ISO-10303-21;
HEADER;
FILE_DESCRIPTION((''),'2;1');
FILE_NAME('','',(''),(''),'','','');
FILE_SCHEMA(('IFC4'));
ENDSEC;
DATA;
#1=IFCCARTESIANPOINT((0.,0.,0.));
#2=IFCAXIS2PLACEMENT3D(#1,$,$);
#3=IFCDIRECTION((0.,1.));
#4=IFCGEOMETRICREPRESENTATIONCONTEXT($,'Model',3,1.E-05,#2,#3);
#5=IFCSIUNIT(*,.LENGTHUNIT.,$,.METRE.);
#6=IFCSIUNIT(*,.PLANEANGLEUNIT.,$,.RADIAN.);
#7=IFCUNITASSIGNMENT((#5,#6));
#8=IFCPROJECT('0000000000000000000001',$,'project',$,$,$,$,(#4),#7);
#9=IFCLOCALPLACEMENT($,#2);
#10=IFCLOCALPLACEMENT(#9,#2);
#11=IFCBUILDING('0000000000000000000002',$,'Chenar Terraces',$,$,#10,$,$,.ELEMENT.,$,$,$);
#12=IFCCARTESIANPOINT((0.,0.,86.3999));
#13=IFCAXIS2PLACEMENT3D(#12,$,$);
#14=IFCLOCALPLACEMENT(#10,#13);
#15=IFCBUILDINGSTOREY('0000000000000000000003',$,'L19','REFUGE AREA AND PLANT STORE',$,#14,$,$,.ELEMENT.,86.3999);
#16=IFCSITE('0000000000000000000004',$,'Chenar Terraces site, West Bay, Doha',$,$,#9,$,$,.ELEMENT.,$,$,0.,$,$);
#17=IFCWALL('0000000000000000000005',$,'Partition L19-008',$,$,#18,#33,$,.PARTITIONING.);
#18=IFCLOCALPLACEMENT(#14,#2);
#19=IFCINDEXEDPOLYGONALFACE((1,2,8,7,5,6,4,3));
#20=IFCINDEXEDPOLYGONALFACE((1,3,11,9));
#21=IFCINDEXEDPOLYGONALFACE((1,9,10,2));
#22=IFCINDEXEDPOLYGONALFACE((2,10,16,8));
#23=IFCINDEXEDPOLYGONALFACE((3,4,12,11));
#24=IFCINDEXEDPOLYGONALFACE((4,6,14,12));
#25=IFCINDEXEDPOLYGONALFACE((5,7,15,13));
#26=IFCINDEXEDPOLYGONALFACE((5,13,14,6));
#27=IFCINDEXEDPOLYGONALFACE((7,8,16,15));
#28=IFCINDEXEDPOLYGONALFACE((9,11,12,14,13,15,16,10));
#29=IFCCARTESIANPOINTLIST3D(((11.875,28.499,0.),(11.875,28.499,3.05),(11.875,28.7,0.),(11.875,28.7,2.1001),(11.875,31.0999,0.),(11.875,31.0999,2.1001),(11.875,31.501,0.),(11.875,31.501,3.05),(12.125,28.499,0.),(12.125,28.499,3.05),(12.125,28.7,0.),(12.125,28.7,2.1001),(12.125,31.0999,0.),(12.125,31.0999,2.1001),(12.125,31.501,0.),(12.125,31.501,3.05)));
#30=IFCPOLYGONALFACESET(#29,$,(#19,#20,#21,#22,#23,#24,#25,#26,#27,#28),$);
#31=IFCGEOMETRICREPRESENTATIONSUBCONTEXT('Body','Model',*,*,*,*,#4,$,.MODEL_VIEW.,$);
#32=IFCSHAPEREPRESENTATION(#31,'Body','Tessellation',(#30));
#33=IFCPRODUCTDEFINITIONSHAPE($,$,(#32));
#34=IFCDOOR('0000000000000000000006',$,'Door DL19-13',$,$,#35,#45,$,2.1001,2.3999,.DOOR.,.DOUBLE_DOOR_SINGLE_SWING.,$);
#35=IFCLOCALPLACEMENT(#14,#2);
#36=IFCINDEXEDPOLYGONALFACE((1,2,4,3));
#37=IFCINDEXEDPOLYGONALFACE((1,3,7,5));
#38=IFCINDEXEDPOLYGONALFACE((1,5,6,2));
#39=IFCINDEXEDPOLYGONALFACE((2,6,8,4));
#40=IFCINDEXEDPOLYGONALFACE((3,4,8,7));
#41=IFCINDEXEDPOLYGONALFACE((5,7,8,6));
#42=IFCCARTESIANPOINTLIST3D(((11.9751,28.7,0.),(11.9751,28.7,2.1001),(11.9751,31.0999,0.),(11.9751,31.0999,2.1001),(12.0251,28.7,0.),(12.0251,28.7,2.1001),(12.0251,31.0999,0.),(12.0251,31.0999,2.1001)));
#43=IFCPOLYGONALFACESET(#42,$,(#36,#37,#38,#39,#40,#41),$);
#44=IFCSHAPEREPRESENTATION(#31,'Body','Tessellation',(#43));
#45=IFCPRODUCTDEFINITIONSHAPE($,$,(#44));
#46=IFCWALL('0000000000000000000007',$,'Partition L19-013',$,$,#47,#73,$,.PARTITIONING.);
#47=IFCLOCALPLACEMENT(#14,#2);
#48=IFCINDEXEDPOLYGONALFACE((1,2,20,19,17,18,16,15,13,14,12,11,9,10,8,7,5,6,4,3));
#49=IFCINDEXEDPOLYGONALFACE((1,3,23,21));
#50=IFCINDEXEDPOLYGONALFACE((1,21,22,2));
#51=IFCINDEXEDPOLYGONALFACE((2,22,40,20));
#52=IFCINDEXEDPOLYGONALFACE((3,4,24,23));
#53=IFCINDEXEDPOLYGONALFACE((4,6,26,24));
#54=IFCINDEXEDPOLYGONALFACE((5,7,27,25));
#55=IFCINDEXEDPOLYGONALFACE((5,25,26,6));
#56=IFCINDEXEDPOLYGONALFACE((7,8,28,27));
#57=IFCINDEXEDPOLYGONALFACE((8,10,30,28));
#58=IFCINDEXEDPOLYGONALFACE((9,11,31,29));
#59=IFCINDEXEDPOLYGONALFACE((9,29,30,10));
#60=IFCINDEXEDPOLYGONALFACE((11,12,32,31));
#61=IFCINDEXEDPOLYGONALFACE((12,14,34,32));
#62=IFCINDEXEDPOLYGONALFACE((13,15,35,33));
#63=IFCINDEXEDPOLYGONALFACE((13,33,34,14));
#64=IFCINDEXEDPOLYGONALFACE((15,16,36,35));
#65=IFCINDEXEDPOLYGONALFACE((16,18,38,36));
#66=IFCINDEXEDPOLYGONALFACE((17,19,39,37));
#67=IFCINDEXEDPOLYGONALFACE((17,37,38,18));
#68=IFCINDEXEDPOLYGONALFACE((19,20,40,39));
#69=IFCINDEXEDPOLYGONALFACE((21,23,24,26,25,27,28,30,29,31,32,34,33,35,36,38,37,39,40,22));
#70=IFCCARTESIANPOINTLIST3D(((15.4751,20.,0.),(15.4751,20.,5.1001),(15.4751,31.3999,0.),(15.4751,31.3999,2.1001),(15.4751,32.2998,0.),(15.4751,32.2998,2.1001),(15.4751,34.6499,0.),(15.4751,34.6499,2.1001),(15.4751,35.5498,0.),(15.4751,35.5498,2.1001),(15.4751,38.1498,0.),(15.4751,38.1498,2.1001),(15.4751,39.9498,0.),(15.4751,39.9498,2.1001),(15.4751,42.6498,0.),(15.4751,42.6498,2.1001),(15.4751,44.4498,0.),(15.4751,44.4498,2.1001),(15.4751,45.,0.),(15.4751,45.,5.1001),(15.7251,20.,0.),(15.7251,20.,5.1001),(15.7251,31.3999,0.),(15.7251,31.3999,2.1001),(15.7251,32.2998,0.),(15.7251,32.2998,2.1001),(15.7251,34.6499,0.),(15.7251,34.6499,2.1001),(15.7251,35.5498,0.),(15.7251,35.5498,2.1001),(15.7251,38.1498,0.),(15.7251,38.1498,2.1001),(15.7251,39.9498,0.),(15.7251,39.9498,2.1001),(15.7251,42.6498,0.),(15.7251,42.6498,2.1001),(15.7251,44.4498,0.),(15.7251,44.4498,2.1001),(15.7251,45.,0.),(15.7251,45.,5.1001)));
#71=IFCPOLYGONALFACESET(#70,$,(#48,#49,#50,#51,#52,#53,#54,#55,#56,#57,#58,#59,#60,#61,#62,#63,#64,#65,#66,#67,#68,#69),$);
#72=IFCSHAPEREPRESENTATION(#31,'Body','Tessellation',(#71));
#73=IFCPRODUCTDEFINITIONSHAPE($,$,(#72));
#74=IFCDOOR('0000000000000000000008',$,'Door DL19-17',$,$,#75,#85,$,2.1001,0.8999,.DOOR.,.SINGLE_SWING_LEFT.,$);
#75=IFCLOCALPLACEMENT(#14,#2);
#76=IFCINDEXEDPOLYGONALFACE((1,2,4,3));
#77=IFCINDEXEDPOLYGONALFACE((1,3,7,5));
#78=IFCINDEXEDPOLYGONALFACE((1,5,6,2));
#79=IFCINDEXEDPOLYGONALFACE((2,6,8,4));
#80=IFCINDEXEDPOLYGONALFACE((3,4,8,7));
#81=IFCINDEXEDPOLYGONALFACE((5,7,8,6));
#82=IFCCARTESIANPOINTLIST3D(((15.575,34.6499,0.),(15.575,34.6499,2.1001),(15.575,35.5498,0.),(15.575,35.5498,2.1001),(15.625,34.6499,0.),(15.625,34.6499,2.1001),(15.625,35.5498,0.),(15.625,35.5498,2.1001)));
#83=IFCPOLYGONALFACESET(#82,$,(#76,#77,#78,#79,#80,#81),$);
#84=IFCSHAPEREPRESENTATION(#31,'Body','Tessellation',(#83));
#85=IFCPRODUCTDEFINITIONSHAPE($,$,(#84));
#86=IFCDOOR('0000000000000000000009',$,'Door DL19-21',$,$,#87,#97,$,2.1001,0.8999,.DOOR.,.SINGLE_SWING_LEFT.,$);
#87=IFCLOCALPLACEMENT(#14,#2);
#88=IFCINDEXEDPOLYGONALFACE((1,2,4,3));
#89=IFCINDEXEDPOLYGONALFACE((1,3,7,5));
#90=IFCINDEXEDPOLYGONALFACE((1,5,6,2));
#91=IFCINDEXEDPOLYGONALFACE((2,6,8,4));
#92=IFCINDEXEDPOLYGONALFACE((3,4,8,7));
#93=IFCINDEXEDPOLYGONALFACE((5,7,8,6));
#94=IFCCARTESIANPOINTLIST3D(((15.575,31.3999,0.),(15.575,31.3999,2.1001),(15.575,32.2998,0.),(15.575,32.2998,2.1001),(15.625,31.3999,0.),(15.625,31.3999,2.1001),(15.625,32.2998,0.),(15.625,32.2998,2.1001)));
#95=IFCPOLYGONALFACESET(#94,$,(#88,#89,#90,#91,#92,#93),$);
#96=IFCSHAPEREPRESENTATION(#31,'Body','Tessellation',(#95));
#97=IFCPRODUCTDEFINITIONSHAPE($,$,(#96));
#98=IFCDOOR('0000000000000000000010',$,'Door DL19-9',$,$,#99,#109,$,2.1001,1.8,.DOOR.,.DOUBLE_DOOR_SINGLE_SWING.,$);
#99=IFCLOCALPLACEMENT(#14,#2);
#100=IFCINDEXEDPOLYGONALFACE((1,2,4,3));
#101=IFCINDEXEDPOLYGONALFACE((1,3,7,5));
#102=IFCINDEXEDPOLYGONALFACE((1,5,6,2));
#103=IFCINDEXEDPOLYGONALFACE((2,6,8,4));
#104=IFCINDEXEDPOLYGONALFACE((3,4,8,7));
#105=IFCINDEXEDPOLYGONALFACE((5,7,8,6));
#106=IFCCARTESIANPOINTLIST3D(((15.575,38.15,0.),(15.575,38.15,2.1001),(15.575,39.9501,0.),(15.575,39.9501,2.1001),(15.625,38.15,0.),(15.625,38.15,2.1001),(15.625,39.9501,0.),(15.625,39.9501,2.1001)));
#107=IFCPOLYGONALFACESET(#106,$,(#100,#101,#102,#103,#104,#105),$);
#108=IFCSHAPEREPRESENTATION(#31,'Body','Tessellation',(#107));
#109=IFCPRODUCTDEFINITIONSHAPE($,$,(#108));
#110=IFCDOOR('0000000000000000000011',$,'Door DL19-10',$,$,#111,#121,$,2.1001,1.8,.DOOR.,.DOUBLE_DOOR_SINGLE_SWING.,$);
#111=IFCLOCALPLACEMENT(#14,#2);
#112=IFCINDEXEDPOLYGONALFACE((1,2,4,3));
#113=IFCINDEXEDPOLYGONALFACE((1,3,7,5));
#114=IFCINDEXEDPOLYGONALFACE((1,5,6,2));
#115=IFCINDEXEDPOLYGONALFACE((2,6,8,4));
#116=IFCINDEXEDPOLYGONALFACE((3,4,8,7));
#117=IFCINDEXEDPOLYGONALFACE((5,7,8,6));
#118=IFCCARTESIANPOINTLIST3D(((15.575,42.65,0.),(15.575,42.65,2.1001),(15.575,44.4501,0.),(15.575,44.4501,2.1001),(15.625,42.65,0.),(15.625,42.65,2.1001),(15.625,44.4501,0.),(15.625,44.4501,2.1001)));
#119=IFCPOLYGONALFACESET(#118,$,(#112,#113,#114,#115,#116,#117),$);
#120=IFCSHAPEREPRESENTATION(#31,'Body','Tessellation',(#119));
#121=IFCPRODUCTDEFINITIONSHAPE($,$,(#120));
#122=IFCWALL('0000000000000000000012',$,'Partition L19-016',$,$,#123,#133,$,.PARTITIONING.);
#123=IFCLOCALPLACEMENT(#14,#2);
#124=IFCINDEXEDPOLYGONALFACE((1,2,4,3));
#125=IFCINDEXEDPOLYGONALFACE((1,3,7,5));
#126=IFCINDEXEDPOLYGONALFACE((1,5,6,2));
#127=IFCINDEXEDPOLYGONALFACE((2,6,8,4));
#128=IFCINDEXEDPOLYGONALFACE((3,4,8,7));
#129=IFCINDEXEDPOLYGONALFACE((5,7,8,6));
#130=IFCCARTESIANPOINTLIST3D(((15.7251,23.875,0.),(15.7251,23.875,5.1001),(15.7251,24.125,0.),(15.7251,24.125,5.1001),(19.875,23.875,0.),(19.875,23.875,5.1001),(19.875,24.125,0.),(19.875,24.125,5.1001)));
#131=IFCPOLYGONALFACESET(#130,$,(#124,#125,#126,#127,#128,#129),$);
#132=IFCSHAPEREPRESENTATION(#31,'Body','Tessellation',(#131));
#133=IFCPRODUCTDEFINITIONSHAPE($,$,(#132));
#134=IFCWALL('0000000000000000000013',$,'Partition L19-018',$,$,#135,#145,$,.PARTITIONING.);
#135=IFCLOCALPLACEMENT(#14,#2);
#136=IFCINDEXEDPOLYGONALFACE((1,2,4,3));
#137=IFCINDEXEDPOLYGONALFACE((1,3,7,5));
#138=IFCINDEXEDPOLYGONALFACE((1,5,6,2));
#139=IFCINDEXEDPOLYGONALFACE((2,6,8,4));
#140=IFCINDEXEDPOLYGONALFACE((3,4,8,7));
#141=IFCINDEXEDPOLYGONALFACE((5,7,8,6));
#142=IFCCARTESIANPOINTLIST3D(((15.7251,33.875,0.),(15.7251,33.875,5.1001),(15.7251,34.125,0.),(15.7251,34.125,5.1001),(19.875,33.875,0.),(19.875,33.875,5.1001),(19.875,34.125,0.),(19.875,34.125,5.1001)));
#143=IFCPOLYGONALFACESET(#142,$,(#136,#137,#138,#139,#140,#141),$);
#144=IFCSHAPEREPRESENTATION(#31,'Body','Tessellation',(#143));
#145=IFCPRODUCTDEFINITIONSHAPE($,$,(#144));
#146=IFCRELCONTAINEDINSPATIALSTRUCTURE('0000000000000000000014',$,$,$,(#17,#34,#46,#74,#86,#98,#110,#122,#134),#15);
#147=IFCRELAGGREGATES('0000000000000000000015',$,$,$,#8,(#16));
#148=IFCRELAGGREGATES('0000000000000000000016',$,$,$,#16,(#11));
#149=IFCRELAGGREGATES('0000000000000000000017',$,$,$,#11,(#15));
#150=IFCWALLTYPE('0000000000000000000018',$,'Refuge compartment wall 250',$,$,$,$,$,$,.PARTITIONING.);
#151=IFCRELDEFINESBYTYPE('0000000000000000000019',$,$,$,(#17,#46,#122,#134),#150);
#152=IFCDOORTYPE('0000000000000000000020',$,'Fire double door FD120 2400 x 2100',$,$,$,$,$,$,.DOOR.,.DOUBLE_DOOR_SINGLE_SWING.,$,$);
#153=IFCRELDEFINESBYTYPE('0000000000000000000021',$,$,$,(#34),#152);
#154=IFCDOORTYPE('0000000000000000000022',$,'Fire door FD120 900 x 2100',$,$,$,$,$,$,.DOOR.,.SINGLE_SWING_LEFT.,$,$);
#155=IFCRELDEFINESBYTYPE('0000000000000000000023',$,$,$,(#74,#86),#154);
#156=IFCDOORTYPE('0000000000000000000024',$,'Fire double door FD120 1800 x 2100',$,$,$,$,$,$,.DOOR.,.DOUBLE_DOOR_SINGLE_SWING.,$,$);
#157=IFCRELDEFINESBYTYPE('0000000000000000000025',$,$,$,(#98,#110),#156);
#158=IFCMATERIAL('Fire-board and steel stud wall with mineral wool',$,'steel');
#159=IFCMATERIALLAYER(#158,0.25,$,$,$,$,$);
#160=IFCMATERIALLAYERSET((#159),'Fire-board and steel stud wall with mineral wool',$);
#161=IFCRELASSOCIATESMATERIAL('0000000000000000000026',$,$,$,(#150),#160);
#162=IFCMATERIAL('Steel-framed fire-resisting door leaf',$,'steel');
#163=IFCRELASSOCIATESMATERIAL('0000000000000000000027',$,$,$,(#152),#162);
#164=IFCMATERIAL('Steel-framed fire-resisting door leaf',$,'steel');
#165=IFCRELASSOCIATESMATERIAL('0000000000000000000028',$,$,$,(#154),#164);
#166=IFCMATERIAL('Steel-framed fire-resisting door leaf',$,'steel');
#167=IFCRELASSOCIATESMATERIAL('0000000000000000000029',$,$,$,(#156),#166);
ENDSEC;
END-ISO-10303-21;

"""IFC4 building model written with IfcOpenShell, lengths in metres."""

from ifc_helpers import new_model, si_unit, direction, frame, frame_2d, origin, place, context, subcontext, project, spatial, rectangle, extrude, material, layer, layer_set, type_object, element, fill, save


model = new_model("IFC4")

# Units and contexts
model_context = context("Model", 3, precision=1e-05, world=origin(), true_north=direction((0.0, 1.0)))
body_context = subcontext(model_context, "Body", "Model", "MODEL_VIEW")
ifc_project = project(units=[si_unit("LENGTHUNIT", "METRE"), si_unit("PLANEANGLEUNIT", "RADIAN")], contexts=[model_context])

# Site, building, storey
site_placement = place(None, origin())
site = spatial("IfcSite", under=ifc_project, at=site_placement, Name="Chenar Terraces site, West Bay, Doha", CompositionType="ELEMENT", RefElevation=0.0)
building_placement = place(site_placement, origin())
building = spatial("IfcBuilding", under=site, at=building_placement, Name="Chenar Terraces", CompositionType="ELEMENT")
storey_placement = place(building_placement, frame((0.0, 0.0, 86.3999)))
storey = spatial("IfcBuildingStorey", under=building, at=storey_placement, Name="L19", Description="REFUGE AREA AND PLANT STORE", CompositionType="ELEMENT", Elevation=86.3999)

# Shared definitions
ifc_material_1 = material(Name="Fire-board and steel stud wall with mineral wool", Category="steel")
ifc_layer_1 = layer(ifc_material_1, 0.25)
ifc_layer_set_1 = layer_set([ifc_layer_1], Name="Fire-board and steel stud wall with mineral wool")
wall_type_1 = type_object("IfcWallType", Name="Refuge compartment wall 250", PredefinedType="PARTITIONING", material=ifc_layer_set_1)

# Wall, opening, door
wall_1_placement = place(storey_placement, frame((12.0, 28.499, 0.0), z_axis=(0.0, 0.0, 1.0), x_axis=(0.0, 1.0, 0.0)))
wall_1 = element("IfcWall", 1, at=wall_1_placement, inside=storey, type_object=wall_type_1, Name="Partition L19-008", PredefinedType="PARTITIONING", context=body_context, shape_type="SweptSolid", body=[
    extrude(rectangle(XDim=3.002, YDim=0.25, at=frame_2d((1.501, 0.0))), origin(), (0.0, 0.0, 1.0), 3.05),
])
opening_1_placement = place(wall_1_placement, frame((0.2009, 0.0, 0.0)))
opening_1 = element("IfcOpeningElement", 2, at=opening_1_placement, cuts=wall_1, PredefinedType="OPENING", context=body_context, shape_type="SweptSolid", body=[
    extrude(rectangle(XDim=2.3999, YDim=2.1001, at=frame_2d((1.2, 1.05))), frame((0.0, 0.135, 0.0), z_axis=(0.0, -1.0, 0.0), x_axis=(1.0, 0.0, 0.0)), (0.0, 0.0, 1.0), 0.27),
])
ifc_material_2 = material(Name="Steel-framed fire-resisting door leaf", Category="steel")
door_type_1 = type_object("IfcDoorType", Name="Fire double door FD120 2400 x 2100", OperationType="DOUBLE_DOOR_SINGLE_SWING", PredefinedType="DOOR", material=ifc_material_2)
door_1_placement = place(opening_1_placement, origin())
door_1 = element("IfcDoor", 3, at=door_1_placement, inside=storey, type_object=door_type_1, Name="Door DL19-13", OperationType="DOUBLE_DOOR_SINGLE_SWING", OverallHeight=2.1001, OverallWidth=2.3999, PredefinedType="DOOR", context=body_context, shape_type="SweptSolid", body=[
    extrude(rectangle(XDim=2.3999, YDim=2.1001, at=frame_2d((1.2, 1.05))), frame((0.0, 0.0249, 0.0), z_axis=(0.0, -1.0, 0.0), x_axis=(1.0, 0.0, 0.0)), (0.0, 0.0, 1.0), 0.05),
])
fill(opening_1, door_1)

# Wall, openings, doors
wall_2_placement = place(storey_placement, frame((15.6001, 20.0, 0.0), z_axis=(0.0, 0.0, 1.0), x_axis=(0.0, 1.0, 0.0)))
wall_2 = element("IfcWall", 4, at=wall_2_placement, inside=storey, type_object=wall_type_1, Name="Partition L19-013", PredefinedType="PARTITIONING", context=body_context, shape_type="SweptSolid", body=[
    extrude(rectangle(XDim=25.0, YDim=0.25, at=frame_2d((12.5, 0.0))), origin(), (0.0, 0.0, 1.0), 5.1001),
])
opening_2_placement = place(wall_2_placement, frame((18.1499, 0.0, 0.0)))
opening_2 = element("IfcOpeningElement", 5, at=opening_2_placement, cuts=wall_2, PredefinedType="OPENING", context=body_context, shape_type="SweptSolid", body=[
    extrude(rectangle(XDim=1.8, YDim=2.1001, at=frame_2d((0.8999, 1.05))), frame((0.0, 0.135, 0.0), z_axis=(0.0, -1.0, 0.0), x_axis=(1.0, 0.0, 0.0)), (0.0, 0.0, 1.0), 0.27),
])
opening_3_placement = place(wall_2_placement, frame((22.6499, 0.0, 0.0)))
opening_3 = element("IfcOpeningElement", 6, at=opening_3_placement, cuts=wall_2, PredefinedType="OPENING", context=body_context, shape_type="SweptSolid", body=[
    extrude(rectangle(XDim=1.8, YDim=2.1001, at=frame_2d((0.8999, 1.05))), frame((0.0, 0.135, 0.0), z_axis=(0.0, -1.0, 0.0), x_axis=(1.0, 0.0, 0.0)), (0.0, 0.0, 1.0), 0.27),
])
opening_4_placement = place(wall_2_placement, frame((14.6499, 0.0, 0.0)))
opening_4 = element("IfcOpeningElement", 7, at=opening_4_placement, cuts=wall_2, PredefinedType="OPENING", context=body_context, shape_type="SweptSolid", body=[
    extrude(rectangle(XDim=0.8999, YDim=2.1001, at=frame_2d((0.45, 1.05))), frame((0.0, 0.135, 0.0), z_axis=(0.0, -1.0, 0.0), x_axis=(1.0, 0.0, 0.0)), (0.0, 0.0, 1.0), 0.27),
])
opening_5_placement = place(wall_2_placement, frame((11.3999, 0.0, 0.0)))
opening_5 = element("IfcOpeningElement", 8, at=opening_5_placement, cuts=wall_2, PredefinedType="OPENING", context=body_context, shape_type="SweptSolid", body=[
    extrude(rectangle(XDim=0.8999, YDim=2.1001, at=frame_2d((0.45, 1.05))), frame((0.0, 0.135, 0.0), z_axis=(0.0, -1.0, 0.0), x_axis=(1.0, 0.0, 0.0)), (0.0, 0.0, 1.0), 0.27),
])
ifc_material_3 = material(Name="Steel-framed fire-resisting door leaf", Category="steel")
door_type_2 = type_object("IfcDoorType", Name="Fire door FD120 900 x 2100", OperationType="SINGLE_SWING_LEFT", PredefinedType="DOOR", material=ifc_material_3)
door_2_placement = place(opening_4_placement, frame((0.8999, 0.0, 0.0), z_axis=(0.0, 0.0, 1.0), x_axis=(-1.0, 0.0, 0.0)))
door_2 = element("IfcDoor", 9, at=door_2_placement, inside=storey, type_object=door_type_2, Name="Door DL19-17", OperationType="SINGLE_SWING_LEFT", OverallHeight=2.1001, OverallWidth=0.8999, PredefinedType="DOOR", context=body_context, shape_type="SweptSolid", body=[
    extrude(rectangle(XDim=0.8999, YDim=2.1001, at=frame_2d((0.45, 1.05))), frame((0.0, 0.0249, 0.0), z_axis=(0.0, -1.0, 0.0), x_axis=(1.0, 0.0, 0.0)), (0.0, 0.0, 1.0), 0.05),
])
fill(opening_4, door_2)
door_3_placement = place(opening_5_placement, frame((0.8999, 0.0, 0.0), z_axis=(0.0, 0.0, 1.0), x_axis=(-1.0, 0.0, 0.0)))
door_3 = element("IfcDoor", 10, at=door_3_placement, inside=storey, type_object=door_type_2, Name="Door DL19-21", OperationType="SINGLE_SWING_LEFT", OverallHeight=2.1001, OverallWidth=0.8999, PredefinedType="DOOR", context=body_context, shape_type="SweptSolid", body=[
    extrude(rectangle(XDim=0.8999, YDim=2.1001, at=frame_2d((0.45, 1.05))), frame((0.0, 0.0249, 0.0), z_axis=(0.0, -1.0, 0.0), x_axis=(1.0, 0.0, 0.0)), (0.0, 0.0, 1.0), 0.05),
])
fill(opening_5, door_3)
ifc_material_4 = material(Name="Steel-framed fire-resisting door leaf", Category="steel")
door_type_3 = type_object("IfcDoorType", Name="Fire double door FD120 1800 x 2100", OperationType="DOUBLE_DOOR_SINGLE_SWING", PredefinedType="DOOR", material=ifc_material_4)
door_4_placement = place(opening_2_placement, frame((1.8, 0.0, 0.0), z_axis=(0.0, 0.0, 1.0), x_axis=(-1.0, 0.0, 0.0)))
door_4 = element("IfcDoor", 11, at=door_4_placement, inside=storey, type_object=door_type_3, Name="Door DL19-9", OperationType="DOUBLE_DOOR_SINGLE_SWING", OverallHeight=2.1001, OverallWidth=1.8, PredefinedType="DOOR", context=body_context, shape_type="SweptSolid", body=[
    extrude(rectangle(XDim=1.8, YDim=2.1001, at=frame_2d((0.8999, 1.05))), frame((0.0, 0.0249, 0.0), z_axis=(0.0, -1.0, 0.0), x_axis=(1.0, 0.0, 0.0)), (0.0, 0.0, 1.0), 0.05),
])
fill(opening_2, door_4)
door_5_placement = place(opening_3_placement, frame((1.8, 0.0, 0.0), z_axis=(0.0, 0.0, 1.0), x_axis=(-1.0, 0.0, 0.0)))
door_5 = element("IfcDoor", 12, at=door_5_placement, inside=storey, type_object=door_type_3, Name="Door DL19-10", OperationType="DOUBLE_DOOR_SINGLE_SWING", OverallHeight=2.1001, OverallWidth=1.8, PredefinedType="DOOR", context=body_context, shape_type="SweptSolid", body=[
    extrude(rectangle(XDim=1.8, YDim=2.1001, at=frame_2d((0.8999, 1.05))), frame((0.0, 0.0249, 0.0), z_axis=(0.0, -1.0, 0.0), x_axis=(1.0, 0.0, 0.0)), (0.0, 0.0, 1.0), 0.05),
])
fill(opening_3, door_5)

# Walls
for number, where, z_axis, x_axis, name in (
    (13, (15.7251, 24.0, 0.0), (0.0, 0.0, 1.0), (1.0, 0.0, 0.0), "Partition L19-016"),
    (14, (15.7251, 34.0, 0.0), (0.0, 0.0, 1.0), (1.0, 0.0, 0.0), "Partition L19-018"),
):
    element("IfcWall", number, at=place(storey_placement, frame(where, z_axis=z_axis, x_axis=x_axis)), inside=storey, type_object=wall_type_1, Name=name, PredefinedType="PARTITIONING", context=body_context, shape_type="SweptSolid", body=[
        extrude(rectangle(XDim=4.1499, YDim=0.25, at=frame_2d((2.075, 0.0))), origin(), (0.0, 0.0, 1.0), 5.1001),
    ])

save(model, "model.ifc")
